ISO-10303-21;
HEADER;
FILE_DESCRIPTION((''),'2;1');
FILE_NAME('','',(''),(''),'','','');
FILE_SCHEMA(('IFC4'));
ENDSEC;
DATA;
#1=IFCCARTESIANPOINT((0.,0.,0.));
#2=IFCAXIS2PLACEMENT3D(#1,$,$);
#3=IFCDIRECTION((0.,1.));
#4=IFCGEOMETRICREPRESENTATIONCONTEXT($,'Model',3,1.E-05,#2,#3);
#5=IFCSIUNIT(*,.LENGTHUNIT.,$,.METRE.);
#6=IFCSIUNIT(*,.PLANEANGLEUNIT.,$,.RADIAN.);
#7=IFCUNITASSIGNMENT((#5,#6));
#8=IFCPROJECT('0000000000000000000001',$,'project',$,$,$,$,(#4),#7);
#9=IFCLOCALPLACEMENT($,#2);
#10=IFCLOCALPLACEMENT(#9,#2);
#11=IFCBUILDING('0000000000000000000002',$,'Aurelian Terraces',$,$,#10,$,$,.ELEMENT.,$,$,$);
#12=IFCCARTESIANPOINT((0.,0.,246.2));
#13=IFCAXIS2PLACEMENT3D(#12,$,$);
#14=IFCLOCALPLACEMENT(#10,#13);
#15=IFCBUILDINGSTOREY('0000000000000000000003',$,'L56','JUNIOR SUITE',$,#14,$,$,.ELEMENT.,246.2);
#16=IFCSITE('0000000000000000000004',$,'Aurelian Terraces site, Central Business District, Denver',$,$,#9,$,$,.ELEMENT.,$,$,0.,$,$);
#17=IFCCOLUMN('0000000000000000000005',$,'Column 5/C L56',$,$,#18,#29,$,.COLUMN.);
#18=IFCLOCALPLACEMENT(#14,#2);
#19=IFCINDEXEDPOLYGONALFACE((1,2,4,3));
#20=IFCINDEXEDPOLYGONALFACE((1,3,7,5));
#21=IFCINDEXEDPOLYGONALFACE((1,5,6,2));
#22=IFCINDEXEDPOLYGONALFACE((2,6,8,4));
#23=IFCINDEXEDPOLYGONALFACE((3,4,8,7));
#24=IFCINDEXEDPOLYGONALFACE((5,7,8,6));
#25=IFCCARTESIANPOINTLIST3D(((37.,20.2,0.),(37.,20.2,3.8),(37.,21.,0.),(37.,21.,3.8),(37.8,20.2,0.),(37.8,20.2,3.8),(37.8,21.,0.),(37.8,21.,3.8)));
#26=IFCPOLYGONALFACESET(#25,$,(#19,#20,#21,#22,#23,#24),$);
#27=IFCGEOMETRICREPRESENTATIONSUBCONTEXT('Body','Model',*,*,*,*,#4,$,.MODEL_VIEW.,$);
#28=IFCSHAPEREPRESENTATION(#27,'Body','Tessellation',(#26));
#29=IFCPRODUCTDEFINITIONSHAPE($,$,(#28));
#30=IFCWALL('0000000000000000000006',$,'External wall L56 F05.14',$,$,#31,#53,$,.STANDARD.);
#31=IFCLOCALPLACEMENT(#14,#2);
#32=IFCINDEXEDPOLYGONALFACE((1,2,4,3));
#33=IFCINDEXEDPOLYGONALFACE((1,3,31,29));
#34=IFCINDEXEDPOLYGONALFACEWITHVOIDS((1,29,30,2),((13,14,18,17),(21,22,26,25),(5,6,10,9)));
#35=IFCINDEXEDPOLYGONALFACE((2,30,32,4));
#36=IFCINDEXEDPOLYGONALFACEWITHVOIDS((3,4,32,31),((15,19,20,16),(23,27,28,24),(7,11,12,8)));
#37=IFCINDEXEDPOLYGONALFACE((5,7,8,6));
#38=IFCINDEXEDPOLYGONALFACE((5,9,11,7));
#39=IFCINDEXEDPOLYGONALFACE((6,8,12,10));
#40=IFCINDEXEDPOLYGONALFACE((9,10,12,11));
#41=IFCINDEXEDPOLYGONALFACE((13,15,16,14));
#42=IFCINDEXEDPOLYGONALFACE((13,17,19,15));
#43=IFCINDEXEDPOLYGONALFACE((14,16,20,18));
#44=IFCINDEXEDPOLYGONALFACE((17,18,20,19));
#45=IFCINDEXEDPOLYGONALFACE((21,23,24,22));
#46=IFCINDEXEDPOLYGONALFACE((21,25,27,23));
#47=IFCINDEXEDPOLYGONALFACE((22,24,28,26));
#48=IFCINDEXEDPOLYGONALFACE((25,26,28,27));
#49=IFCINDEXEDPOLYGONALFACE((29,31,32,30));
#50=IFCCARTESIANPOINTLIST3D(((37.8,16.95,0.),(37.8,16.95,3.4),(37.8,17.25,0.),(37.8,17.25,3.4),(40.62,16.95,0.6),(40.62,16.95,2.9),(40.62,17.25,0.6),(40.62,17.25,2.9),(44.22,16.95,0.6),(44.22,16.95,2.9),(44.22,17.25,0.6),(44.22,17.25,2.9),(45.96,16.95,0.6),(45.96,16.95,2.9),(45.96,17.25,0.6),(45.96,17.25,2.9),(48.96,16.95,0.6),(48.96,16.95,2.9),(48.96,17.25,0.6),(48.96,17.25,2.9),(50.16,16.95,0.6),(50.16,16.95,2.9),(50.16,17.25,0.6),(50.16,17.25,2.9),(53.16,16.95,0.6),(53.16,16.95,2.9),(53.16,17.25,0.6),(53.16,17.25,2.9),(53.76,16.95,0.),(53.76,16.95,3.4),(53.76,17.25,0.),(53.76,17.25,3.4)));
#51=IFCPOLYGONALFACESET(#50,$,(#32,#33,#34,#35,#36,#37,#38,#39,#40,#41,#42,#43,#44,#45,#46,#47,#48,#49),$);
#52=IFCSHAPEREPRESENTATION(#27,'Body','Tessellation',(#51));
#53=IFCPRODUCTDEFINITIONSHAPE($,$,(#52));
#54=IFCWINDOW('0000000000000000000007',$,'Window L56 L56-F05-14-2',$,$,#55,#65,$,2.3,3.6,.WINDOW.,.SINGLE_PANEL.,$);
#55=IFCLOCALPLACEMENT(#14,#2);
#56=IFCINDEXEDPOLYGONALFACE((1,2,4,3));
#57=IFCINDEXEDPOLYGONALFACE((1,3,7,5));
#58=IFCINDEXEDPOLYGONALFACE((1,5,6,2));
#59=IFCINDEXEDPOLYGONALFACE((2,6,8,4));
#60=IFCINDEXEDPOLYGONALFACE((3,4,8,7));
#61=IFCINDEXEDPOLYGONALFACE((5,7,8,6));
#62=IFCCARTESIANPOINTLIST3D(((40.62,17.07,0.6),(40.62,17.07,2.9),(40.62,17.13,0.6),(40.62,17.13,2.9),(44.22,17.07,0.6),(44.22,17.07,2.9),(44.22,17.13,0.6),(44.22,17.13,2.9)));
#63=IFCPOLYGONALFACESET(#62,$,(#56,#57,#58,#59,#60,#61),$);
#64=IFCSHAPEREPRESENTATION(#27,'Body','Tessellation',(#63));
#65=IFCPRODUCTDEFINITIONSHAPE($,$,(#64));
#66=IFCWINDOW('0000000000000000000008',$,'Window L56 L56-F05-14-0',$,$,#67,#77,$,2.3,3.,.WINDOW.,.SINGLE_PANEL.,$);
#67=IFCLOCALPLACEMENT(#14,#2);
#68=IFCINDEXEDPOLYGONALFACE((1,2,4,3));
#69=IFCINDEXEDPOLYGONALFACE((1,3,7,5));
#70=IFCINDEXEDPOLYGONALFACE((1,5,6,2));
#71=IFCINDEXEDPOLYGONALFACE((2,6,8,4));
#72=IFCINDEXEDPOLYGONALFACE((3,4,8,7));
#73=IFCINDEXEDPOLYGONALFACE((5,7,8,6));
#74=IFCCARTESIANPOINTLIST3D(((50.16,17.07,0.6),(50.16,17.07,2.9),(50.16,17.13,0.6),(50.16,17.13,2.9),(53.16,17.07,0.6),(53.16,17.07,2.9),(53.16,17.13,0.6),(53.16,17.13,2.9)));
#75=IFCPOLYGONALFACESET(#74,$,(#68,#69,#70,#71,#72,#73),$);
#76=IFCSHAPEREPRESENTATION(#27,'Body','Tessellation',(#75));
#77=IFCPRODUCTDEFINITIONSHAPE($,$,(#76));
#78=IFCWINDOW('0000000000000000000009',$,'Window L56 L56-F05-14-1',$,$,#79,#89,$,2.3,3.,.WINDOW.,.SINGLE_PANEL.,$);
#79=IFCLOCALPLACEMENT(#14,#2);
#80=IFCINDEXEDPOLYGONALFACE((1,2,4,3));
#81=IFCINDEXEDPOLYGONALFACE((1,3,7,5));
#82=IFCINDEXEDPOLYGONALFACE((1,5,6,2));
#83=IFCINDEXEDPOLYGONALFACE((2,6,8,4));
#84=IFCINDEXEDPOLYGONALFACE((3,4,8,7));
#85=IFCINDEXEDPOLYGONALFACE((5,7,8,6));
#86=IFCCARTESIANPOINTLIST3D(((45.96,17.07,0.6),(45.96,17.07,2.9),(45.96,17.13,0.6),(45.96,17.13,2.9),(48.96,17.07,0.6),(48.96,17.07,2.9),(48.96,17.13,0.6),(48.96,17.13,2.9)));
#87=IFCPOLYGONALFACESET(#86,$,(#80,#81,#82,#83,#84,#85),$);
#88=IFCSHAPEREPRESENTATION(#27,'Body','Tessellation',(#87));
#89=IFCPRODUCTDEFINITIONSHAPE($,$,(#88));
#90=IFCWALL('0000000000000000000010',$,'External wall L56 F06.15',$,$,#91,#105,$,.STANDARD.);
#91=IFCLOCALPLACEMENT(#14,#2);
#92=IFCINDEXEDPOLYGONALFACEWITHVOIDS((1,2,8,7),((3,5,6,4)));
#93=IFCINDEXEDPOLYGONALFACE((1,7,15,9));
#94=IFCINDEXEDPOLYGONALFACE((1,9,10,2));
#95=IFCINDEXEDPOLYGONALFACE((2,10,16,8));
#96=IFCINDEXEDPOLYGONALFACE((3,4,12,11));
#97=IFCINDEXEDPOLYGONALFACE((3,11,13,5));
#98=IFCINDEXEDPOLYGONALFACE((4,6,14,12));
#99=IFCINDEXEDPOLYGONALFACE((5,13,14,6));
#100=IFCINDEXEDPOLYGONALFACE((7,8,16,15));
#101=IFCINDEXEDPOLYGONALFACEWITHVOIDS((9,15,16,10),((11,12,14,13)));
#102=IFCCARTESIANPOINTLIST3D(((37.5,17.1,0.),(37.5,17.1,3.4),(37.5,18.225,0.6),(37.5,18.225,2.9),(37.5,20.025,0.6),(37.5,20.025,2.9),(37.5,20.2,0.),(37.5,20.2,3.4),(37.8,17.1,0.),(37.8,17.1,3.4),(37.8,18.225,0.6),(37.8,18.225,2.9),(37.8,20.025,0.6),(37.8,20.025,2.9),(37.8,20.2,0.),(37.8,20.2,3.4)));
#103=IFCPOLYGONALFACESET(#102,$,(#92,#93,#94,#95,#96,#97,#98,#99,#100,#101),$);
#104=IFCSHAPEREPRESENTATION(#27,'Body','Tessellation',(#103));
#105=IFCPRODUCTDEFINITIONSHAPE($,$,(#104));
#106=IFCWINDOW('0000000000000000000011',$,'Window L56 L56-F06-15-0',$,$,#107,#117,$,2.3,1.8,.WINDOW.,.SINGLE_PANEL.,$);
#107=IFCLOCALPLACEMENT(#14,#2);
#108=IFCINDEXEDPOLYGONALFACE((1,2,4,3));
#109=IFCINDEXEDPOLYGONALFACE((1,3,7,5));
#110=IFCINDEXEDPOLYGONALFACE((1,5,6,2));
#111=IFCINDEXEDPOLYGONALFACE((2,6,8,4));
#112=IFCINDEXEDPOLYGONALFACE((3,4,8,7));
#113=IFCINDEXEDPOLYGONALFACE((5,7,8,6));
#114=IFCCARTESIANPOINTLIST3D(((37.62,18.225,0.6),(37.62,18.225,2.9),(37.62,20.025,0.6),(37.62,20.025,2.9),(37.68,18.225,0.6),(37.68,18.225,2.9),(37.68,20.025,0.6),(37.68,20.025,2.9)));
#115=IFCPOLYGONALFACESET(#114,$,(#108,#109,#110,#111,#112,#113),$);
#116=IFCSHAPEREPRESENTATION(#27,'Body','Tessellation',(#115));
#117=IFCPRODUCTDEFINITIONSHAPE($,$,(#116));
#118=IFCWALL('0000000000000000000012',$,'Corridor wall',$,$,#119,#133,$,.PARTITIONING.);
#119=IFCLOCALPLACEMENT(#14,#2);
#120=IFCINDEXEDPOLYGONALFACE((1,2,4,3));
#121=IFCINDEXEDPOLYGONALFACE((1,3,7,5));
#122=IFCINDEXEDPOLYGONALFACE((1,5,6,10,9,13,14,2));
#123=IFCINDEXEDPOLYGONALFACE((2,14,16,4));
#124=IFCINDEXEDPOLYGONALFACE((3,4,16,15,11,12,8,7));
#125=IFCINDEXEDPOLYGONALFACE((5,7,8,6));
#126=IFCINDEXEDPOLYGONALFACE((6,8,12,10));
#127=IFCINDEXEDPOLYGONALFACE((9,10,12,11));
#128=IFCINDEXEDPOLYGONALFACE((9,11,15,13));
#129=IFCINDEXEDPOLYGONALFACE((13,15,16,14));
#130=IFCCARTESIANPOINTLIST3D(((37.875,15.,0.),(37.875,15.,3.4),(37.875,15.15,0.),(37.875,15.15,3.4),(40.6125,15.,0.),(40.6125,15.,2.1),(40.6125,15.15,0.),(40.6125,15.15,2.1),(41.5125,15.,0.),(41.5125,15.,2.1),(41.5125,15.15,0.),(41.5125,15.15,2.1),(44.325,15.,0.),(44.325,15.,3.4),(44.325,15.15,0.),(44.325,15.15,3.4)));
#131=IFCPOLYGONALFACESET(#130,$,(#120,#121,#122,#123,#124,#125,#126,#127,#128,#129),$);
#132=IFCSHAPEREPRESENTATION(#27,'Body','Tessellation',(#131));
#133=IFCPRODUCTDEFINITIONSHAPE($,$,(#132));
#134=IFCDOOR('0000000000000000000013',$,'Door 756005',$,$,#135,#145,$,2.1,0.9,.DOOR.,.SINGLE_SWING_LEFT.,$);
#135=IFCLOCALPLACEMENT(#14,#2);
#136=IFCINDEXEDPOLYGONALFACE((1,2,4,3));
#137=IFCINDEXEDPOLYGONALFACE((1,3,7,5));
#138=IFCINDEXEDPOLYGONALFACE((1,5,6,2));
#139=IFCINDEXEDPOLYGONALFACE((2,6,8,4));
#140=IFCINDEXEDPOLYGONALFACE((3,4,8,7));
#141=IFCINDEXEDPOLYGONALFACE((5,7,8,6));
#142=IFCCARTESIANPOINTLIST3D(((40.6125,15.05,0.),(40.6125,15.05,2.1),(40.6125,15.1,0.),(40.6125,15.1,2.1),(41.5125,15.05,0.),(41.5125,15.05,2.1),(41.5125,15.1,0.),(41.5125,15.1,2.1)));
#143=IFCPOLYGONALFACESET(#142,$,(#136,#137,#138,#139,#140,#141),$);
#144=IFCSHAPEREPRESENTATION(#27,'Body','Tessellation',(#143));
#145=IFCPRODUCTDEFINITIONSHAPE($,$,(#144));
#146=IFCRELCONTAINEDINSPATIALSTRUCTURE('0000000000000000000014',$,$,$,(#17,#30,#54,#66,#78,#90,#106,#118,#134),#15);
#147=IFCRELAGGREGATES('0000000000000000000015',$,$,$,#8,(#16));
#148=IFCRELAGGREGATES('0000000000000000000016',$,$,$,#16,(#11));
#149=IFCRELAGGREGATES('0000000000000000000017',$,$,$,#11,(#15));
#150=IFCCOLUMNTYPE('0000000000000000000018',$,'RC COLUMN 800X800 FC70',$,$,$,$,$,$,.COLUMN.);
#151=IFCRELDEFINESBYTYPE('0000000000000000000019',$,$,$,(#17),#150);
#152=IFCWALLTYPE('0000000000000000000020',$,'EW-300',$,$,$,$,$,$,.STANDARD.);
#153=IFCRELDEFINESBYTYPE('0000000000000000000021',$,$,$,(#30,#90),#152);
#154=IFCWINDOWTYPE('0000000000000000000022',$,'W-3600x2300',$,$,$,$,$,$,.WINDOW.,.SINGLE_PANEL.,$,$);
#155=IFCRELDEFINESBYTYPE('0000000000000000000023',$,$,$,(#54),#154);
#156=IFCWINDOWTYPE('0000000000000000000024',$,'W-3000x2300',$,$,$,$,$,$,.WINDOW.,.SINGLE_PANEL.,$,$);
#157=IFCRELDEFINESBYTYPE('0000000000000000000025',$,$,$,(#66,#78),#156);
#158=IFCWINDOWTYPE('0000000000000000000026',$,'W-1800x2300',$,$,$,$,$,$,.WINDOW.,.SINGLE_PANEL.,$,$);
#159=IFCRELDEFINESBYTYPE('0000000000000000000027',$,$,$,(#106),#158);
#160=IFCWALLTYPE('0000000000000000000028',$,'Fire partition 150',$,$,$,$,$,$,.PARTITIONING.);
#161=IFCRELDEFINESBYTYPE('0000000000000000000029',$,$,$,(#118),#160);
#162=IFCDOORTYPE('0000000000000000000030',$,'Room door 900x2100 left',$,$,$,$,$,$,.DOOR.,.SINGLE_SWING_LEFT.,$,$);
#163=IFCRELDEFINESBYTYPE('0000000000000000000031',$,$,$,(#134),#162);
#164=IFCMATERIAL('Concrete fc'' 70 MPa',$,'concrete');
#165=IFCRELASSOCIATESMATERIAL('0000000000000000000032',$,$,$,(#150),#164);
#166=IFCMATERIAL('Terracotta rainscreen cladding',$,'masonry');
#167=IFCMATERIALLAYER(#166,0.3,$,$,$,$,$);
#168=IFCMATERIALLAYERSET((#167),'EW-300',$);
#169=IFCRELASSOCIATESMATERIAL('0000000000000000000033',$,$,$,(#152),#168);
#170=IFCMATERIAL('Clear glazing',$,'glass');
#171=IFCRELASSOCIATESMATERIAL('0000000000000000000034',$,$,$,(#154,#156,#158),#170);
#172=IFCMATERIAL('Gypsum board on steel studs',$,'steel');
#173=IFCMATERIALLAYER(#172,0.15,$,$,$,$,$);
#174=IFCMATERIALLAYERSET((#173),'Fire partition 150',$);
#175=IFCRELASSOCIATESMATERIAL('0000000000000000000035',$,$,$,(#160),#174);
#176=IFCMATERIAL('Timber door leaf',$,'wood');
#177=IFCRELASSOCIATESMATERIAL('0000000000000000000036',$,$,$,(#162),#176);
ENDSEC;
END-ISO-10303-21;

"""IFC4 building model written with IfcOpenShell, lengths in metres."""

from ifc_helpers import new_model, si_unit, direction, frame, frame_2d, origin, origin_2d, place, context, subcontext, project, spatial, rectangle, extrude, source, transform, mapped, material, layer, layer_set, material_profile, profile_set, type_object, element, fill, save


model = new_model("IFC4")

# Units and contexts
model_context = context("Model", 3, precision=1e-05, world=origin(), true_north=direction((0.0, 1.0)))
body_context = subcontext(model_context, "Body", "Model", "MODEL_VIEW")
ifc_project = project(units=[si_unit("LENGTHUNIT", "METRE"), si_unit("PLANEANGLEUNIT", "RADIAN")], contexts=[model_context])

# Site, building, storey
site_placement = place(None, origin())
site = spatial("IfcSite", under=ifc_project, at=site_placement, Name="Aurelian Terraces site, Central Business District, Denver", CompositionType="ELEMENT", RefElevation=0.0)
building_placement = place(site_placement, origin())
building = spatial("IfcBuilding", under=site, at=building_placement, Name="Aurelian Terraces", CompositionType="ELEMENT")
storey_placement = place(building_placement, frame((0.0, 0.0, 246.2)))
storey = spatial("IfcBuildingStorey", under=building, at=storey_placement, Name="L56", Description="JUNIOR SUITE", CompositionType="ELEMENT", Elevation=246.2)

# Column
ifc_material_1 = material(Name="Concrete fc' 70 MPa", Category="concrete")
ifc_material_profile = material_profile(ifc_material_1, rectangle(XDim=0.8, YDim=0.8, at=origin_2d()))
ifc_profile_set = profile_set([ifc_material_profile], Name="Concrete fc' 70 MPa")
column_type = type_object("IfcColumnType", Name="RC COLUMN 800X800 FC70", PredefinedType="COLUMN", material=ifc_profile_set)
shared_shape_1 = source(origin(), body_context, "Body", "SweptSolid", [
    extrude(rectangle(XDim=0.8, YDim=0.8, at=origin_2d()), origin(), (0.0, 0.0, 1.0), 3.8),
])
column_placement = place(storey_placement, frame((37.4, 20.6, 0.0), z_axis=(0.0, 0.0, 1.0), x_axis=(1.0, 0.0, 0.0)))
element("IfcColumn", 1, at=column_placement, inside=storey, type_object=column_type, Name="Column 5/C L56", PredefinedType="COLUMN", context=body_context, shape_type="MappedRepresentation", body=[
    mapped(shared_shape_1, transform((0.0, 0.0, 0.0), scale=1.0)),
])

# Wall, openings, windows
ifc_material_2 = material(Name="Terracotta rainscreen cladding", Category="masonry")
ifc_layer_1 = layer(ifc_material_2, 0.3)
ifc_layer_set_1 = layer_set([ifc_layer_1], Name="EW-300")
wall_type_1 = type_object("IfcWallType", Name="EW-300", PredefinedType="STANDARD", material=ifc_layer_set_1)
shared_shape_2 = source(origin(), body_context, "Body", "SweptSolid", [
    extrude(rectangle(XDim=15.96, YDim=0.3, at=frame_2d((7.98, 0.0))), origin(), (0.0, 0.0, 1.0), 3.4),
])
wall_1_placement = place(storey_placement, frame((53.76, 17.1, 0.0), z_axis=(0.0, 0.0, 1.0), x_axis=(-1.0, 0.0, 0.0)))
wall_1 = element("IfcWall", 2, at=wall_1_placement, inside=storey, type_object=wall_type_1, Name="External wall L56 F05.14", PredefinedType="STANDARD", context=body_context, shape_type="MappedRepresentation", body=[
    mapped(shared_shape_2, transform((0.0, 0.0, 0.0), scale=1.0)),
])
shared_shape_3 = source(origin(), body_context, "Body", "SweptSolid", [
    extrude(rectangle(XDim=3.0, YDim=2.3, at=frame_2d((1.5, 1.15))), frame((0.0, 0.16, 0.0), z_axis=(0.0, -1.0, 0.0), x_axis=(1.0, 0.0, 0.0)), (0.0, 0.0, 1.0), 0.32),
])
opening_1_placement = place(wall_1_placement, frame((0.6, 0.0, 0.6)))
opening_1 = element("IfcOpeningElement", 3, at=opening_1_placement, cuts=wall_1, PredefinedType="OPENING", context=body_context, shape_type="MappedRepresentation", body=[
    mapped(shared_shape_3, transform((0.0, 0.0, 0.0), scale=1.0)),
])
opening_2_placement = place(wall_1_placement, frame((4.8, 0.0, 0.6)))
opening_2 = element("IfcOpeningElement", 4, at=opening_2_placement, cuts=wall_1, PredefinedType="OPENING", context=body_context, shape_type="MappedRepresentation", body=[
    mapped(shared_shape_3, transform((0.0, 0.0, 0.0), scale=1.0)),
])
shared_shape_4 = source(origin(), body_context, "Body", "SweptSolid", [
    extrude(rectangle(XDim=3.6, YDim=2.3, at=frame_2d((1.8, 1.15))), frame((0.0, 0.16, 0.0), z_axis=(0.0, -1.0, 0.0), x_axis=(1.0, 0.0, 0.0)), (0.0, 0.0, 1.0), 0.32),
])
opening_3_placement = place(wall_1_placement, frame((9.54, 0.0, 0.6)))
opening_3 = element("IfcOpeningElement", 5, at=opening_3_placement, cuts=wall_1, PredefinedType="OPENING", context=body_context, shape_type="MappedRepresentation", body=[
    mapped(shared_shape_4, transform((0.0, 0.0, 0.0), scale=1.0)),
])
ifc_material_3 = material(Name="Clear glazing", Category="glass")
window_type_1 = type_object("IfcWindowType", Name="W-3600x2300", PartitioningType="SINGLE_PANEL", PredefinedType="WINDOW", material=ifc_material_3)
shared_shape_5 = source(origin(), body_context, "Body", "SweptSolid", [
    extrude(rectangle(XDim=3.6, YDim=2.3, at=frame_2d((1.8, 1.15))), frame((0.0, 0.03, 0.0), z_axis=(0.0, -1.0, 0.0), x_axis=(1.0, 0.0, 0.0)), (0.0, 0.0, 1.0), 0.06),
])
window_1_placement = place(opening_3_placement, origin())
window_1 = element("IfcWindow", 6, at=window_1_placement, inside=storey, type_object=window_type_1, Name="Window L56 L56-F05-14-2", OverallHeight=2.3, OverallWidth=3.6, PartitioningType="SINGLE_PANEL", PredefinedType="WINDOW", context=body_context, shape_type="MappedRepresentation", body=[
    mapped(shared_shape_5, transform((0.0, 0.0, 0.0), scale=1.0)),
])
fill(opening_3, window_1)
window_type_2 = type_object("IfcWindowType", Name="W-3000x2300", PartitioningType="SINGLE_PANEL", PredefinedType="WINDOW", material=ifc_material_3)
shared_shape_6 = source(origin(), body_context, "Body", "SweptSolid", [
    extrude(rectangle(XDim=3.0, YDim=2.3, at=frame_2d((1.5, 1.15))), frame((0.0, 0.03, 0.0), z_axis=(0.0, -1.0, 0.0), x_axis=(1.0, 0.0, 0.0)), (0.0, 0.0, 1.0), 0.06),
])
window_2_placement = place(opening_1_placement, origin())
window_2 = element("IfcWindow", 7, at=window_2_placement, inside=storey, type_object=window_type_2, Name="Window L56 L56-F05-14-0", OverallHeight=2.3, OverallWidth=3.0, PartitioningType="SINGLE_PANEL", PredefinedType="WINDOW", context=body_context, shape_type="MappedRepresentation", body=[
    mapped(shared_shape_6, transform((0.0, 0.0, 0.0), scale=1.0)),
])
fill(opening_1, window_2)
window_3_placement = place(opening_2_placement, origin())
window_3 = element("IfcWindow", 8, at=window_3_placement, inside=storey, type_object=window_type_2, Name="Window L56 L56-F05-14-1", OverallHeight=2.3, OverallWidth=3.0, PartitioningType="SINGLE_PANEL", PredefinedType="WINDOW", context=body_context, shape_type="MappedRepresentation", body=[
    mapped(shared_shape_6, transform((0.0, 0.0, 0.0), scale=1.0)),
])
fill(opening_2, window_3)

# Wall, opening, window
shared_shape_7 = source(origin(), body_context, "Body", "SweptSolid", [
    extrude(rectangle(XDim=3.1, YDim=0.3, at=frame_2d((1.55, 0.0))), origin(), (0.0, 0.0, 1.0), 3.4),
])
wall_2_placement = place(storey_placement, frame((37.65, 17.1, 0.0), z_axis=(0.0, 0.0, 1.0), x_axis=(0.0, 1.0, 0.0)))
wall_2 = element("IfcWall", 9, at=wall_2_placement, inside=storey, type_object=wall_type_1, Name="External wall L56 F06.15", PredefinedType="STANDARD", context=body_context, shape_type="MappedRepresentation", body=[
    mapped(shared_shape_7, transform((0.0, 0.0, 0.0), scale=1.0)),
])
shared_shape_8 = source(origin(), body_context, "Body", "SweptSolid", [
    extrude(rectangle(XDim=1.8, YDim=2.3, at=frame_2d((0.9, 1.15))), frame((0.0, 0.16, 0.0), z_axis=(0.0, -1.0, 0.0), x_axis=(1.0, 0.0, 0.0)), (0.0, 0.0, 1.0), 0.32),
])
opening_4_placement = place(wall_2_placement, frame((1.125, 0.0, 0.6)))
opening_4 = element("IfcOpeningElement", 10, at=opening_4_placement, cuts=wall_2, PredefinedType="OPENING", context=body_context, shape_type="MappedRepresentation", body=[
    mapped(shared_shape_8, transform((0.0, 0.0, 0.0), scale=1.0)),
])
window_type_3 = type_object("IfcWindowType", Name="W-1800x2300", PartitioningType="SINGLE_PANEL", PredefinedType="WINDOW", material=ifc_material_3)
shared_shape_9 = source(origin(), body_context, "Body", "SweptSolid", [
    extrude(rectangle(XDim=1.8, YDim=2.3, at=frame_2d((0.9, 1.15))), frame((0.0, 0.03, 0.0), z_axis=(0.0, -1.0, 0.0), x_axis=(1.0, 0.0, 0.0)), (0.0, 0.0, 1.0), 0.06),
])
window_4_placement = place(opening_4_placement, origin())
window_4 = element("IfcWindow", 11, at=window_4_placement, inside=storey, type_object=window_type_3, Name="Window L56 L56-F06-15-0", OverallHeight=2.3, OverallWidth=1.8, PartitioningType="SINGLE_PANEL", PredefinedType="WINDOW", context=body_context, shape_type="MappedRepresentation", body=[
    mapped(shared_shape_9, transform((0.0, 0.0, 0.0), scale=1.0)),
])
fill(opening_4, window_4)

# Wall, opening, door
ifc_material_4 = material(Name="Gypsum board on steel studs", Category="steel")
ifc_layer_2 = layer(ifc_material_4, 0.15)
ifc_layer_set_2 = layer_set([ifc_layer_2], Name="Fire partition 150")
wall_type_2 = type_object("IfcWallType", Name="Fire partition 150", PredefinedType="PARTITIONING", material=ifc_layer_set_2)
shared_shape_10 = source(origin(), body_context, "Body", "SweptSolid", [
    extrude(rectangle(XDim=6.45, YDim=0.15, at=frame_2d((3.225, 0.0))), origin(), (0.0, 0.0, 1.0), 3.4),
])
wall_3_placement = place(storey_placement, frame((44.325, 15.075, 0.0), z_axis=(0.0, 0.0, 1.0), x_axis=(-1.0, 0.0, 0.0)))
wall_3 = element("IfcWall", 12, at=wall_3_placement, inside=storey, type_object=wall_type_2, Name="Corridor wall", PredefinedType="PARTITIONING", context=body_context, shape_type="MappedRepresentation", body=[
    mapped(shared_shape_10, transform((0.0, 0.0, 0.0), scale=1.0)),
])
shared_shape_11 = source(origin(), body_context, "Body", "SweptSolid", [
    extrude(rectangle(XDim=0.9, YDim=2.1, at=frame_2d((0.45, 1.05))), frame((0.0, 0.085, 0.0), z_axis=(0.0, -1.0, 0.0), x_axis=(1.0, 0.0, 0.0)), (0.0, 0.0, 1.0), 0.17),
])
opening_5_placement = place(wall_3_placement, frame((2.8125, 0.0, 0.0)))
opening_5 = element("IfcOpeningElement", 13, at=opening_5_placement, cuts=wall_3, PredefinedType="OPENING", context=body_context, shape_type="MappedRepresentation", body=[
    mapped(shared_shape_11, transform((0.0, 0.0, 0.0), scale=1.0)),
])
ifc_material_5 = material(Name="Timber door leaf", Category="wood")
door_type_1 = type_object("IfcDoorType", Name="Room door 900x2100 left", OperationType="SINGLE_SWING_LEFT", PredefinedType="DOOR", material=ifc_material_5)
shared_shape_12 = source(origin(), body_context, "Body", "SweptSolid", [
    extrude(rectangle(XDim=0.9, YDim=2.1, at=frame_2d((0.45, 1.05))), frame((0.0, 0.025, 0.0), z_axis=(0.0, -1.0, 0.0), x_axis=(1.0, 0.0, 0.0)), (0.0, 0.0, 1.0), 0.05),
])
door_1_placement = place(opening_5_placement, origin())
door_1 = element("IfcDoor", 14, at=door_1_placement, inside=storey, type_object=door_type_1, Name="Door 756005", OperationType="SINGLE_SWING_LEFT", OverallHeight=2.1, OverallWidth=0.9, PredefinedType="DOOR", context=body_context, shape_type="MappedRepresentation", body=[
    mapped(shared_shape_12, transform((0.0, 0.0, 0.0), scale=1.0)),
])
fill(opening_5, door_1)

save(model, "model.ifc")
